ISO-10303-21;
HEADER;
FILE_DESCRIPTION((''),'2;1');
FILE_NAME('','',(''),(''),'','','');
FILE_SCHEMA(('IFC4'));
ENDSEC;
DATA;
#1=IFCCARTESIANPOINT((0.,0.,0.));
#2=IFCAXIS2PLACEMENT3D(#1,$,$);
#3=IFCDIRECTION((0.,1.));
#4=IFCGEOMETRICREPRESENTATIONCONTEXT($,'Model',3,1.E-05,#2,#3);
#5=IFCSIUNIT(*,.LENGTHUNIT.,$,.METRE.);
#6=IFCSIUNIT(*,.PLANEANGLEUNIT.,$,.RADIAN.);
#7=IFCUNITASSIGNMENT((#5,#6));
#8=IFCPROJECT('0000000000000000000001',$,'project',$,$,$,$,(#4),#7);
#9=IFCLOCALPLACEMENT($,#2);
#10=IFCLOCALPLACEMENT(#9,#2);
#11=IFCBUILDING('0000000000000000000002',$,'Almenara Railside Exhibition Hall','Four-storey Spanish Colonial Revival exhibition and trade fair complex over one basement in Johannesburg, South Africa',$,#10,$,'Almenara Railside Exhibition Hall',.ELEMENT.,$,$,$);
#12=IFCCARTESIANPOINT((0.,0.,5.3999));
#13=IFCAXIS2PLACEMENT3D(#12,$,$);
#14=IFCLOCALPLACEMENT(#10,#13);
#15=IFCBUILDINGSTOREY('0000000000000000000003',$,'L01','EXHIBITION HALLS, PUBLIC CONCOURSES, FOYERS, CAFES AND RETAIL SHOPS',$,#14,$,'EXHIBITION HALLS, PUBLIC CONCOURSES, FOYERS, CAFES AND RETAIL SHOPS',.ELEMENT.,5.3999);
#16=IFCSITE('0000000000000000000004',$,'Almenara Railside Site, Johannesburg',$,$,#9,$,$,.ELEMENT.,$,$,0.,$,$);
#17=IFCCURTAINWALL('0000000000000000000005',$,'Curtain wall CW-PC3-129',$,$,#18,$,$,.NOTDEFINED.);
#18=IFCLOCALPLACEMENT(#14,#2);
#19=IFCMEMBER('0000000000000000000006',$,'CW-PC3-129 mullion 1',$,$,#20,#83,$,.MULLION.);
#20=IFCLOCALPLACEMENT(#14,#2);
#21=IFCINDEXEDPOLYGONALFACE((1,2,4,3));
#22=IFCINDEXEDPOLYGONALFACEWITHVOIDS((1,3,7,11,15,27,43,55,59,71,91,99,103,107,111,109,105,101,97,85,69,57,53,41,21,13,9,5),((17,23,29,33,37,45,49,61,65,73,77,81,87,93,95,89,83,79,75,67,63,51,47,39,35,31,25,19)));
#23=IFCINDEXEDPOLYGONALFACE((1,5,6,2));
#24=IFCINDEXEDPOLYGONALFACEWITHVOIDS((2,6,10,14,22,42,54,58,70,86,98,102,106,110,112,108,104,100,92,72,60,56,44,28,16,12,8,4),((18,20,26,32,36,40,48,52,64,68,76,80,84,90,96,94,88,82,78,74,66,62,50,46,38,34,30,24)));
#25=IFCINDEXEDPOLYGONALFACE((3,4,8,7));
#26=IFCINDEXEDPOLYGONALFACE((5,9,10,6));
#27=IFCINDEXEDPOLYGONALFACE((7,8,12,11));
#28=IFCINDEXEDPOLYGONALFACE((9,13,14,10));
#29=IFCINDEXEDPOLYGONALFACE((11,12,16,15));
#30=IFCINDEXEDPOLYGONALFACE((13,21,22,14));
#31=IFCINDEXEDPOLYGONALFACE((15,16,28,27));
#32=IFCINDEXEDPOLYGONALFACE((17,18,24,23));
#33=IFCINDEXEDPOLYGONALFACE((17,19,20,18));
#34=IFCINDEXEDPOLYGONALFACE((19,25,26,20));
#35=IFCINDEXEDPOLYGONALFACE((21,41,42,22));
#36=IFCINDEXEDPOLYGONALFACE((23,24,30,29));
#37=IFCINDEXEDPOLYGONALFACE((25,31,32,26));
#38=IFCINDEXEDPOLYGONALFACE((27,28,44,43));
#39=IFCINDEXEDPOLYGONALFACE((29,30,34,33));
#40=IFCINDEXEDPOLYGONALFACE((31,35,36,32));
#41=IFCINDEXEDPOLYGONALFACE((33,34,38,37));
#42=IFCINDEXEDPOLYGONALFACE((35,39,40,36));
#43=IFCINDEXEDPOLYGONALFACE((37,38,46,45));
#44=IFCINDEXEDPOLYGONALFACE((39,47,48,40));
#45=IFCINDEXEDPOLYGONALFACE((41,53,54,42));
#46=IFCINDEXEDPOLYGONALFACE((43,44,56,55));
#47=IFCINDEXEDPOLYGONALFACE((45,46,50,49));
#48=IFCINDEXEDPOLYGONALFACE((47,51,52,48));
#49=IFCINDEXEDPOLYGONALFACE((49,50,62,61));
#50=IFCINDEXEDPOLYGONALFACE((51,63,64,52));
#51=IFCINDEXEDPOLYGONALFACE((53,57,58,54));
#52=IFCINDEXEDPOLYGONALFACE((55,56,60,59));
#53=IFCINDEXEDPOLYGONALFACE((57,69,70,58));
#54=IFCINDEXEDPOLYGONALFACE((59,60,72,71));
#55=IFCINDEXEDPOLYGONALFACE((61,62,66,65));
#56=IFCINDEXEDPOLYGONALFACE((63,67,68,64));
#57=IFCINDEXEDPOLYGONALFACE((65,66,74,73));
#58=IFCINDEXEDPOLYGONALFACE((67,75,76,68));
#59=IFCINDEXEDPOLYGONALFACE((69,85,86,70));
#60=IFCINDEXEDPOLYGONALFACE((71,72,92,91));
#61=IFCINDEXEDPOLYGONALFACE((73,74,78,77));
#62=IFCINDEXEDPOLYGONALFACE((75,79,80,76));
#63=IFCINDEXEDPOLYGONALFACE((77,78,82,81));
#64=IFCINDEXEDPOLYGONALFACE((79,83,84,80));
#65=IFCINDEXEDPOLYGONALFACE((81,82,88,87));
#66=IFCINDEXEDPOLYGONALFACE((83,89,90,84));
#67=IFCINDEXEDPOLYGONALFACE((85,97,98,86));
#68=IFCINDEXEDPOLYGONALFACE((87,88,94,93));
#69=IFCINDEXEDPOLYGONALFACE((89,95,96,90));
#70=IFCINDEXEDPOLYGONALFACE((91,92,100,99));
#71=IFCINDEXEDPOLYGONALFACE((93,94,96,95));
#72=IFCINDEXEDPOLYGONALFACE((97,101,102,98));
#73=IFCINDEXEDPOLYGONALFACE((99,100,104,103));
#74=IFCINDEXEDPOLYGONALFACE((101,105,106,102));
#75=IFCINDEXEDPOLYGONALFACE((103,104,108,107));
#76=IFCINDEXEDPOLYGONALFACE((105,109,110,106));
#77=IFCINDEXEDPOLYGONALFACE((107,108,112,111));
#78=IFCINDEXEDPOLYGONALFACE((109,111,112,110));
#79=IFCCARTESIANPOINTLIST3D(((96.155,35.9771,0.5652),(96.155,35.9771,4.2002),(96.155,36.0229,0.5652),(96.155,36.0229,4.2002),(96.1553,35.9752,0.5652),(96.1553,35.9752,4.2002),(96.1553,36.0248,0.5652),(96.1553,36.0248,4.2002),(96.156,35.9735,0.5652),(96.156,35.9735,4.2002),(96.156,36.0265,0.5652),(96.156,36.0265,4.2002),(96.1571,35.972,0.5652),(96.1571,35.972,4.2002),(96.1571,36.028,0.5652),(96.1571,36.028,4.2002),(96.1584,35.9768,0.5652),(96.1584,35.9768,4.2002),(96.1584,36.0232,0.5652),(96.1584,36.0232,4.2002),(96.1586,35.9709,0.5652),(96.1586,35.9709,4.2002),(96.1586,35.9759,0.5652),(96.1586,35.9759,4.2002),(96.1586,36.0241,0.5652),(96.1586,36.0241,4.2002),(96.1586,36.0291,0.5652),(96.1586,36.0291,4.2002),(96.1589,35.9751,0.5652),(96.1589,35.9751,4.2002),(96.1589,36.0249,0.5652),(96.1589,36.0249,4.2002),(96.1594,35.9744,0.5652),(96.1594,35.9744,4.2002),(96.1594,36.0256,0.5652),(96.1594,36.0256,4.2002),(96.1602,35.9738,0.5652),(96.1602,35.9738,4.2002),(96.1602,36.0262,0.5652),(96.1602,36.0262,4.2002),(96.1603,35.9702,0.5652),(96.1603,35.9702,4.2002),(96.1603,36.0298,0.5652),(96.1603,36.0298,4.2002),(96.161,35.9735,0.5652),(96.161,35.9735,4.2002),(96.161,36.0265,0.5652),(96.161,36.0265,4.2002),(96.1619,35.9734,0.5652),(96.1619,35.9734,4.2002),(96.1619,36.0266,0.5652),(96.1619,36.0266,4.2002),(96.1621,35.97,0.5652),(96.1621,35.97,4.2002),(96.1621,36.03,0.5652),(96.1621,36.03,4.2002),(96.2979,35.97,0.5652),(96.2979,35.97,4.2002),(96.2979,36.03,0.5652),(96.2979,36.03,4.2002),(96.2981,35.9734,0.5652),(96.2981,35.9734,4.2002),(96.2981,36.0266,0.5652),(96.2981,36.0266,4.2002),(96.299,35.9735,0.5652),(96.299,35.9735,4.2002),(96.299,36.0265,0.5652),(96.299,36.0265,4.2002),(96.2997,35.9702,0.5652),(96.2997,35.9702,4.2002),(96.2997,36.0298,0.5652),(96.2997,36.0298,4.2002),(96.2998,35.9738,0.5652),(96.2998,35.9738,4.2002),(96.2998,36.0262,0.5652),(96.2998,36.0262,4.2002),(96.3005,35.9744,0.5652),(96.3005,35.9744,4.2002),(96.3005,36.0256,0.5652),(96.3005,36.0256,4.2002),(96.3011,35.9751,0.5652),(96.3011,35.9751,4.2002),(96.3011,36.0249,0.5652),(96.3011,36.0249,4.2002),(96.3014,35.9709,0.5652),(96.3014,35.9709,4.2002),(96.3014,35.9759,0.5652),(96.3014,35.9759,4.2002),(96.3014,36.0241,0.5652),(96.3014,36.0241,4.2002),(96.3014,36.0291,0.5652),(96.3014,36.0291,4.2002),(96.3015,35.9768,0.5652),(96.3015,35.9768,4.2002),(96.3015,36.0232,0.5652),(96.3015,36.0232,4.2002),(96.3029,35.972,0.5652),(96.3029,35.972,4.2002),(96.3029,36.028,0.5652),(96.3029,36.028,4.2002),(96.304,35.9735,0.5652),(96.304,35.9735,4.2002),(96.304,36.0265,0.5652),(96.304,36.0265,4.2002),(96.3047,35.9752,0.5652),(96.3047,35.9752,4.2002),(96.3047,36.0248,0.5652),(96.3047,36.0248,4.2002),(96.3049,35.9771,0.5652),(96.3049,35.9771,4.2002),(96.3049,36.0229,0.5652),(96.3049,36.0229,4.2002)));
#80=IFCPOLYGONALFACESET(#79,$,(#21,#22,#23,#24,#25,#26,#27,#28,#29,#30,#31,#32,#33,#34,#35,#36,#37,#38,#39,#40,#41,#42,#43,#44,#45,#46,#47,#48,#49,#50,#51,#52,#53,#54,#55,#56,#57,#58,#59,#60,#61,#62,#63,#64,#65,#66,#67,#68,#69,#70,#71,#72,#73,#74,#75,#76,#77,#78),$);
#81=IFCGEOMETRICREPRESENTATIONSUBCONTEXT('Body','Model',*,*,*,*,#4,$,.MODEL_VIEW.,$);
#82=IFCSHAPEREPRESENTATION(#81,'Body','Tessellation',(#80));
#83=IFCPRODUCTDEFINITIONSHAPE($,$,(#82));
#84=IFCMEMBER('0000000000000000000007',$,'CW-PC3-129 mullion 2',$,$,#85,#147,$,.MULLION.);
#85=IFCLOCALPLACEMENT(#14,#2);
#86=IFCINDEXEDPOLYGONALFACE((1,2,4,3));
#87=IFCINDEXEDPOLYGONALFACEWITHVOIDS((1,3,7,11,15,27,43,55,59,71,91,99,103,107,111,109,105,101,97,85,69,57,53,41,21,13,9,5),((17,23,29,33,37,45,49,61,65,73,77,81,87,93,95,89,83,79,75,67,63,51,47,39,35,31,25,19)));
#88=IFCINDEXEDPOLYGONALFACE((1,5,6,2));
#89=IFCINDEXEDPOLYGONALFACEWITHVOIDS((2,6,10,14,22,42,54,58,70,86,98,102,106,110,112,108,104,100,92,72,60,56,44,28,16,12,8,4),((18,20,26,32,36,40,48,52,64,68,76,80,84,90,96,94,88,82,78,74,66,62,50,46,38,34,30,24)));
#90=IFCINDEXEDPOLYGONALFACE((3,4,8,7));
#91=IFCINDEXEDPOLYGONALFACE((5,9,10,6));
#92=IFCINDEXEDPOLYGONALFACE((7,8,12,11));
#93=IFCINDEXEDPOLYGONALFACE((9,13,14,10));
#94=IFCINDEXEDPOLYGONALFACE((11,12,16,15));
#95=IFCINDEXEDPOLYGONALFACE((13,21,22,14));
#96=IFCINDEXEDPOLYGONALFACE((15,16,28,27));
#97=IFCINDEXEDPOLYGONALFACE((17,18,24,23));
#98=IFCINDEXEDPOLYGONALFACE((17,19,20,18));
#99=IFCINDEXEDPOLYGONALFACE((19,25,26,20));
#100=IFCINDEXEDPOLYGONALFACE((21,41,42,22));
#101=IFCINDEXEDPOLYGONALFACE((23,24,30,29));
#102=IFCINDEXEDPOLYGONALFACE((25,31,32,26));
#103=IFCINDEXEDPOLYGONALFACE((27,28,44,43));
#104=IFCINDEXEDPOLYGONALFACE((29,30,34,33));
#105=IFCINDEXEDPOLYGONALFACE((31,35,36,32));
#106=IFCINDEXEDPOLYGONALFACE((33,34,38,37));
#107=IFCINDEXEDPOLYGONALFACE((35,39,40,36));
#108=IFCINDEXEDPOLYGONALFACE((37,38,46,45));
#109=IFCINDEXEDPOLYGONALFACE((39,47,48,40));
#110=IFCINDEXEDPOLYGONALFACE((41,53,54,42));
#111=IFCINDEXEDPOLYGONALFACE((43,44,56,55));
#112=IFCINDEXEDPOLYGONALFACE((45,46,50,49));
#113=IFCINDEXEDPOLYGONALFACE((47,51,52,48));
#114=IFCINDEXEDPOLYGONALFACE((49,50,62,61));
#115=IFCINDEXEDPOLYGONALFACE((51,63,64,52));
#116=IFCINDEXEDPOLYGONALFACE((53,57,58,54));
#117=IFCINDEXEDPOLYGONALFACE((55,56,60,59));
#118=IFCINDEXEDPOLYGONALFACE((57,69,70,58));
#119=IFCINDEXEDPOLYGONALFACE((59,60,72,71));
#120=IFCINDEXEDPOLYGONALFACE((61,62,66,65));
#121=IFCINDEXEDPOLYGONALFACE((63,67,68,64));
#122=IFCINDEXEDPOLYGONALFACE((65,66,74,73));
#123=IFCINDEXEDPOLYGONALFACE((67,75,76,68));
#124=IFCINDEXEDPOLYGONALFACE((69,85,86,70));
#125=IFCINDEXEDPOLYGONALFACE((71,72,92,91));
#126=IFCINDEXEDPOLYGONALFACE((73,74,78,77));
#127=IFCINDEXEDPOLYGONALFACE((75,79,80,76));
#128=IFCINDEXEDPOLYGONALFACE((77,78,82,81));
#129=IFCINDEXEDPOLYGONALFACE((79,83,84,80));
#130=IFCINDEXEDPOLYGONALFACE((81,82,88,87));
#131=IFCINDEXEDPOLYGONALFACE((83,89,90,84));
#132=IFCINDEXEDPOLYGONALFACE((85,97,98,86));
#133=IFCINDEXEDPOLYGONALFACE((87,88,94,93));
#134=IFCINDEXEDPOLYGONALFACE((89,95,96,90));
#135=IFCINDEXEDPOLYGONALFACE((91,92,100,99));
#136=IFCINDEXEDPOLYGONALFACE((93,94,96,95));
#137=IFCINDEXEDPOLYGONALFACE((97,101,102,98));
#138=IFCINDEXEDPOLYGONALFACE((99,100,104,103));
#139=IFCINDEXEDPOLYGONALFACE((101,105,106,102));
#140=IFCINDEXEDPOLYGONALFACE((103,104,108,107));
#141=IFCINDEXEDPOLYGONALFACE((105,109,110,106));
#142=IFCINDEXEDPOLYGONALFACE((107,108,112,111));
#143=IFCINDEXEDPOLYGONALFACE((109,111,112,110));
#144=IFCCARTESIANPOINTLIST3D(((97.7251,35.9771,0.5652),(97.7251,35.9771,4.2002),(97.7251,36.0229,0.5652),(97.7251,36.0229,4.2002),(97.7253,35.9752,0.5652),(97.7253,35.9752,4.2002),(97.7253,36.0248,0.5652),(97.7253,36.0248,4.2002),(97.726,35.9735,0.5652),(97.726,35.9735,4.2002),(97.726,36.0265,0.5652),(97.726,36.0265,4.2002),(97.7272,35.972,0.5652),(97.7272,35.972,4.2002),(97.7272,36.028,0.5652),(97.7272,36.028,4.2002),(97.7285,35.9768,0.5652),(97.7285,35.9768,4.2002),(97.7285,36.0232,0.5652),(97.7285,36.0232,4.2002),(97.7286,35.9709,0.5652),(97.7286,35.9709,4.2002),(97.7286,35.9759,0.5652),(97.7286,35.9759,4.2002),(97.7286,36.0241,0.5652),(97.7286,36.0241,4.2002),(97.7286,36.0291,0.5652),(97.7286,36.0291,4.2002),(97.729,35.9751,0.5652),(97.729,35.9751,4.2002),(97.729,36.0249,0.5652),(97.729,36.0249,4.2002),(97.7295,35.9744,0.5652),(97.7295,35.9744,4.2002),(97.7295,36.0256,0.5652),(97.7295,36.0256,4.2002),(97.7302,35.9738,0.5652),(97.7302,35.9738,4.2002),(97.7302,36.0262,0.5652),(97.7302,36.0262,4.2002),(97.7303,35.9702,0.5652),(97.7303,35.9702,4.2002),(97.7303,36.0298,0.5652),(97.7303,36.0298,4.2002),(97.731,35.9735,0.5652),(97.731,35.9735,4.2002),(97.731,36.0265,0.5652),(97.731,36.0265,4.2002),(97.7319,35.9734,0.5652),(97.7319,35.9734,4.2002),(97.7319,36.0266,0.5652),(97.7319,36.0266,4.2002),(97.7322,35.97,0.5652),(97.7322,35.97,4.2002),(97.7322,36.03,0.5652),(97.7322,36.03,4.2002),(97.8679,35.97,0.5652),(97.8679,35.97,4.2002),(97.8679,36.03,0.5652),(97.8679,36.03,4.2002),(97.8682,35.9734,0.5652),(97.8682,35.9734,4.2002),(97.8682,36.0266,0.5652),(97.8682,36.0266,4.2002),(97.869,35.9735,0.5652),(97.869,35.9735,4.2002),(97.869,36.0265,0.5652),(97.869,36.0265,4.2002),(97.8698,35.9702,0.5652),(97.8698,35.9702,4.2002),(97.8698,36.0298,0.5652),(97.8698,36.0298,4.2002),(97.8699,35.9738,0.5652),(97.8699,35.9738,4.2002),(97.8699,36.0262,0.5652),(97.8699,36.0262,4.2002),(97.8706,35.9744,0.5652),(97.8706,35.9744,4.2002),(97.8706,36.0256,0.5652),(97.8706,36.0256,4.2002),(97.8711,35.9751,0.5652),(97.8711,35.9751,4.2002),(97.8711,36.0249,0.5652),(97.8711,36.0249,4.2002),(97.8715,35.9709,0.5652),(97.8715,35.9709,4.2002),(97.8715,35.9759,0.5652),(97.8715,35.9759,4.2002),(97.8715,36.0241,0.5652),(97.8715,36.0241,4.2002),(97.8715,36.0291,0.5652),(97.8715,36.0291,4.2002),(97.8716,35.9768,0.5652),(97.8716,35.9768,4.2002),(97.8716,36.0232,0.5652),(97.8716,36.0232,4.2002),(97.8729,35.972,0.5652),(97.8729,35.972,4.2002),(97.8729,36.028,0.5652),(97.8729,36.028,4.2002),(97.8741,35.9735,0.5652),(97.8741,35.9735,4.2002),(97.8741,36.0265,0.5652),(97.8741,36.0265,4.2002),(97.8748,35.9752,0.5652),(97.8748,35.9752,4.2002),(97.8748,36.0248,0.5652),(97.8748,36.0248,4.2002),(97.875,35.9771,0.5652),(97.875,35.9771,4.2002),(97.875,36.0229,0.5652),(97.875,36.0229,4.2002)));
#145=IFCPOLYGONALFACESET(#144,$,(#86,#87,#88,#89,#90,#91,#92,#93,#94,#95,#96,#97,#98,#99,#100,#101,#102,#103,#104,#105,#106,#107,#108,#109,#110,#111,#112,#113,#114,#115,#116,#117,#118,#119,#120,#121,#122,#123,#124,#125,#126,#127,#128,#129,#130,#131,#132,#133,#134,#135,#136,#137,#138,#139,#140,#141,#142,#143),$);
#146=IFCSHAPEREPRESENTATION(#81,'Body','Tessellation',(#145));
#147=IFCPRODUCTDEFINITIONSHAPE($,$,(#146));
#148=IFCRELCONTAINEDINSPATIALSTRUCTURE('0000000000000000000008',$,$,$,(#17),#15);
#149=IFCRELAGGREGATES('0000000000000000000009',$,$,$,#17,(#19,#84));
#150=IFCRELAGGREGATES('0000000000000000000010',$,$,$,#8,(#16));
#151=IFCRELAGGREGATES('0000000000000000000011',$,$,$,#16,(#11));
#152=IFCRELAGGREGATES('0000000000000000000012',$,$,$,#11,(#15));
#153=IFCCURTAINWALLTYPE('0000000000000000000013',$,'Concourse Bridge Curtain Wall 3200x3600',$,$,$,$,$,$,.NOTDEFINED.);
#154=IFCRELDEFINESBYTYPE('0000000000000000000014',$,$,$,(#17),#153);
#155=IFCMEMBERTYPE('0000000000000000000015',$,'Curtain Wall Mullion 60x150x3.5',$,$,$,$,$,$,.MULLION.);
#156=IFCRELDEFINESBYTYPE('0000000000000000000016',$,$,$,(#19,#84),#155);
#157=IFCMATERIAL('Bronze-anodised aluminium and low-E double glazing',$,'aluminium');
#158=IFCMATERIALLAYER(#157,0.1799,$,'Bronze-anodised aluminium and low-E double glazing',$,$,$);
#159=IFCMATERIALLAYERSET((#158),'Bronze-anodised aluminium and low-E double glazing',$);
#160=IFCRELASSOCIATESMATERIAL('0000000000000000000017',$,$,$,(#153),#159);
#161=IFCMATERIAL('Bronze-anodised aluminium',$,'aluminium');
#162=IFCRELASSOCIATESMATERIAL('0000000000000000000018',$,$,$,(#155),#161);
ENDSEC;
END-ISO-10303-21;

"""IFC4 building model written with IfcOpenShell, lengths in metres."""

from ifc_helpers import new_model, si_unit, direction, frame, origin, origin_2d, place, context, subcontext, project, spatial, hollow_rectangle, extrude, material, layer, layer_set, material_profile, profile_set, type_object, element, aggregate, save


model = new_model("IFC4")

# Units and contexts
model_context = context("Model", 3, precision=1e-05, world=origin(), true_north=direction((0.0, 1.0)))
body_context = subcontext(model_context, "Body", "Model", "MODEL_VIEW")
ifc_project = project(units=[si_unit("LENGTHUNIT", "METRE"), si_unit("PLANEANGLEUNIT", "RADIAN")], contexts=[model_context])

# Site, building, storey
site_placement = place(None, origin())
site = spatial("IfcSite", under=ifc_project, at=site_placement, Name="Almenara Railside Site, Johannesburg", CompositionType="ELEMENT", RefElevation=0.0)
building_placement = place(site_placement, origin())
building = spatial("IfcBuilding", under=site, at=building_placement, Name="Almenara Railside Exhibition Hall", Description="Four-storey Spanish Colonial Revival exhibition and trade fair complex over one basement in Johannesburg, South Africa", LongName="Almenara Railside Exhibition Hall", CompositionType="ELEMENT")
storey_placement = place(building_placement, frame((0.0, 0.0, 5.3999)))
storey = spatial("IfcBuildingStorey", under=building, at=storey_placement, Name="L01", Description="EXHIBITION HALLS, PUBLIC CONCOURSES, FOYERS, CAFES AND RETAIL SHOPS", LongName="EXHIBITION HALLS, PUBLIC CONCOURSES, FOYERS, CAFES AND RETAIL SHOPS", CompositionType="ELEMENT", Elevation=5.3999)

# Curtain wall, members
ifc_material_1 = material(Name="Bronze-anodised aluminium and low-E double glazing", Category="aluminium")
ifc_layer_1 = layer(ifc_material_1, 0.1799, Name="Bronze-anodised aluminium and low-E double glazing")
ifc_layer_set_1 = layer_set([ifc_layer_1], Name="Bronze-anodised aluminium and low-E double glazing")
curtain_wall_type_1 = type_object("IfcCurtainWallType", Name="Concourse Bridge Curtain Wall 3200x3600", PredefinedType="NOTDEFINED", material=ifc_layer_set_1)
curtain_wall_1_placement = place(storey_placement, origin())
curtain_wall_1 = element("IfcCurtainWall", 1, at=curtain_wall_1_placement, inside=storey, type_object=curtain_wall_type_1, Name="Curtain wall CW-PC3-129", PredefinedType="NOTDEFINED")
ifc_material_2 = material(Name="Bronze-anodised aluminium", Category="aluminium")
ifc_material_profile_1 = material_profile(ifc_material_2, hollow_rectangle(XDim=0.0601, YDim=0.1499, WallThickness=0.0034, InnerFilletRadius=0.0034, OuterFilletRadius=0.0071, at=origin_2d()), Name="ALU-MUL 60x150x3.5")
ifc_profile_set_1 = profile_set([ifc_material_profile_1], Name="Bronze-anodised aluminium")
member_type_1 = type_object("IfcMemberType", Name="Curtain Wall Mullion 60x150x3.5", PredefinedType="MULLION", material=ifc_profile_set_1)
member_1_placement = place(storey_placement, frame((96.23, 36.0, 0.5652), z_axis=(0.0, 0.0, 1.0), x_axis=(0.0, 1.0, 0.0)))
member_1 = element("IfcMember", 2, at=member_1_placement, type_object=member_type_1, Name="CW-PC3-129 mullion 1", PredefinedType="MULLION", context=body_context, shape_type="SweptSolid", body=[
    extrude(hollow_rectangle(XDim=0.0601, YDim=0.1499, WallThickness=0.0034, InnerFilletRadius=0.0034, OuterFilletRadius=0.0071, at=origin_2d()), origin(), (0.0, 0.0, 1.0), 3.635),
])
member_2_placement = place(storey_placement, frame((97.8, 36.0, 0.5652), z_axis=(0.0, 0.0, 1.0), x_axis=(0.0, 1.0, 0.0)))
member_2 = element("IfcMember", 3, at=member_2_placement, type_object=member_type_1, Name="CW-PC3-129 mullion 2", PredefinedType="MULLION", context=body_context, shape_type="SweptSolid", body=[
    extrude(hollow_rectangle(XDim=0.0601, YDim=0.1499, WallThickness=0.0034, InnerFilletRadius=0.0034, OuterFilletRadius=0.0071, at=origin_2d()), origin(), (0.0, 0.0, 1.0), 3.635),
])

aggregate(curtain_wall_1, [member_1, member_2])

save(model, "model.ifc")
